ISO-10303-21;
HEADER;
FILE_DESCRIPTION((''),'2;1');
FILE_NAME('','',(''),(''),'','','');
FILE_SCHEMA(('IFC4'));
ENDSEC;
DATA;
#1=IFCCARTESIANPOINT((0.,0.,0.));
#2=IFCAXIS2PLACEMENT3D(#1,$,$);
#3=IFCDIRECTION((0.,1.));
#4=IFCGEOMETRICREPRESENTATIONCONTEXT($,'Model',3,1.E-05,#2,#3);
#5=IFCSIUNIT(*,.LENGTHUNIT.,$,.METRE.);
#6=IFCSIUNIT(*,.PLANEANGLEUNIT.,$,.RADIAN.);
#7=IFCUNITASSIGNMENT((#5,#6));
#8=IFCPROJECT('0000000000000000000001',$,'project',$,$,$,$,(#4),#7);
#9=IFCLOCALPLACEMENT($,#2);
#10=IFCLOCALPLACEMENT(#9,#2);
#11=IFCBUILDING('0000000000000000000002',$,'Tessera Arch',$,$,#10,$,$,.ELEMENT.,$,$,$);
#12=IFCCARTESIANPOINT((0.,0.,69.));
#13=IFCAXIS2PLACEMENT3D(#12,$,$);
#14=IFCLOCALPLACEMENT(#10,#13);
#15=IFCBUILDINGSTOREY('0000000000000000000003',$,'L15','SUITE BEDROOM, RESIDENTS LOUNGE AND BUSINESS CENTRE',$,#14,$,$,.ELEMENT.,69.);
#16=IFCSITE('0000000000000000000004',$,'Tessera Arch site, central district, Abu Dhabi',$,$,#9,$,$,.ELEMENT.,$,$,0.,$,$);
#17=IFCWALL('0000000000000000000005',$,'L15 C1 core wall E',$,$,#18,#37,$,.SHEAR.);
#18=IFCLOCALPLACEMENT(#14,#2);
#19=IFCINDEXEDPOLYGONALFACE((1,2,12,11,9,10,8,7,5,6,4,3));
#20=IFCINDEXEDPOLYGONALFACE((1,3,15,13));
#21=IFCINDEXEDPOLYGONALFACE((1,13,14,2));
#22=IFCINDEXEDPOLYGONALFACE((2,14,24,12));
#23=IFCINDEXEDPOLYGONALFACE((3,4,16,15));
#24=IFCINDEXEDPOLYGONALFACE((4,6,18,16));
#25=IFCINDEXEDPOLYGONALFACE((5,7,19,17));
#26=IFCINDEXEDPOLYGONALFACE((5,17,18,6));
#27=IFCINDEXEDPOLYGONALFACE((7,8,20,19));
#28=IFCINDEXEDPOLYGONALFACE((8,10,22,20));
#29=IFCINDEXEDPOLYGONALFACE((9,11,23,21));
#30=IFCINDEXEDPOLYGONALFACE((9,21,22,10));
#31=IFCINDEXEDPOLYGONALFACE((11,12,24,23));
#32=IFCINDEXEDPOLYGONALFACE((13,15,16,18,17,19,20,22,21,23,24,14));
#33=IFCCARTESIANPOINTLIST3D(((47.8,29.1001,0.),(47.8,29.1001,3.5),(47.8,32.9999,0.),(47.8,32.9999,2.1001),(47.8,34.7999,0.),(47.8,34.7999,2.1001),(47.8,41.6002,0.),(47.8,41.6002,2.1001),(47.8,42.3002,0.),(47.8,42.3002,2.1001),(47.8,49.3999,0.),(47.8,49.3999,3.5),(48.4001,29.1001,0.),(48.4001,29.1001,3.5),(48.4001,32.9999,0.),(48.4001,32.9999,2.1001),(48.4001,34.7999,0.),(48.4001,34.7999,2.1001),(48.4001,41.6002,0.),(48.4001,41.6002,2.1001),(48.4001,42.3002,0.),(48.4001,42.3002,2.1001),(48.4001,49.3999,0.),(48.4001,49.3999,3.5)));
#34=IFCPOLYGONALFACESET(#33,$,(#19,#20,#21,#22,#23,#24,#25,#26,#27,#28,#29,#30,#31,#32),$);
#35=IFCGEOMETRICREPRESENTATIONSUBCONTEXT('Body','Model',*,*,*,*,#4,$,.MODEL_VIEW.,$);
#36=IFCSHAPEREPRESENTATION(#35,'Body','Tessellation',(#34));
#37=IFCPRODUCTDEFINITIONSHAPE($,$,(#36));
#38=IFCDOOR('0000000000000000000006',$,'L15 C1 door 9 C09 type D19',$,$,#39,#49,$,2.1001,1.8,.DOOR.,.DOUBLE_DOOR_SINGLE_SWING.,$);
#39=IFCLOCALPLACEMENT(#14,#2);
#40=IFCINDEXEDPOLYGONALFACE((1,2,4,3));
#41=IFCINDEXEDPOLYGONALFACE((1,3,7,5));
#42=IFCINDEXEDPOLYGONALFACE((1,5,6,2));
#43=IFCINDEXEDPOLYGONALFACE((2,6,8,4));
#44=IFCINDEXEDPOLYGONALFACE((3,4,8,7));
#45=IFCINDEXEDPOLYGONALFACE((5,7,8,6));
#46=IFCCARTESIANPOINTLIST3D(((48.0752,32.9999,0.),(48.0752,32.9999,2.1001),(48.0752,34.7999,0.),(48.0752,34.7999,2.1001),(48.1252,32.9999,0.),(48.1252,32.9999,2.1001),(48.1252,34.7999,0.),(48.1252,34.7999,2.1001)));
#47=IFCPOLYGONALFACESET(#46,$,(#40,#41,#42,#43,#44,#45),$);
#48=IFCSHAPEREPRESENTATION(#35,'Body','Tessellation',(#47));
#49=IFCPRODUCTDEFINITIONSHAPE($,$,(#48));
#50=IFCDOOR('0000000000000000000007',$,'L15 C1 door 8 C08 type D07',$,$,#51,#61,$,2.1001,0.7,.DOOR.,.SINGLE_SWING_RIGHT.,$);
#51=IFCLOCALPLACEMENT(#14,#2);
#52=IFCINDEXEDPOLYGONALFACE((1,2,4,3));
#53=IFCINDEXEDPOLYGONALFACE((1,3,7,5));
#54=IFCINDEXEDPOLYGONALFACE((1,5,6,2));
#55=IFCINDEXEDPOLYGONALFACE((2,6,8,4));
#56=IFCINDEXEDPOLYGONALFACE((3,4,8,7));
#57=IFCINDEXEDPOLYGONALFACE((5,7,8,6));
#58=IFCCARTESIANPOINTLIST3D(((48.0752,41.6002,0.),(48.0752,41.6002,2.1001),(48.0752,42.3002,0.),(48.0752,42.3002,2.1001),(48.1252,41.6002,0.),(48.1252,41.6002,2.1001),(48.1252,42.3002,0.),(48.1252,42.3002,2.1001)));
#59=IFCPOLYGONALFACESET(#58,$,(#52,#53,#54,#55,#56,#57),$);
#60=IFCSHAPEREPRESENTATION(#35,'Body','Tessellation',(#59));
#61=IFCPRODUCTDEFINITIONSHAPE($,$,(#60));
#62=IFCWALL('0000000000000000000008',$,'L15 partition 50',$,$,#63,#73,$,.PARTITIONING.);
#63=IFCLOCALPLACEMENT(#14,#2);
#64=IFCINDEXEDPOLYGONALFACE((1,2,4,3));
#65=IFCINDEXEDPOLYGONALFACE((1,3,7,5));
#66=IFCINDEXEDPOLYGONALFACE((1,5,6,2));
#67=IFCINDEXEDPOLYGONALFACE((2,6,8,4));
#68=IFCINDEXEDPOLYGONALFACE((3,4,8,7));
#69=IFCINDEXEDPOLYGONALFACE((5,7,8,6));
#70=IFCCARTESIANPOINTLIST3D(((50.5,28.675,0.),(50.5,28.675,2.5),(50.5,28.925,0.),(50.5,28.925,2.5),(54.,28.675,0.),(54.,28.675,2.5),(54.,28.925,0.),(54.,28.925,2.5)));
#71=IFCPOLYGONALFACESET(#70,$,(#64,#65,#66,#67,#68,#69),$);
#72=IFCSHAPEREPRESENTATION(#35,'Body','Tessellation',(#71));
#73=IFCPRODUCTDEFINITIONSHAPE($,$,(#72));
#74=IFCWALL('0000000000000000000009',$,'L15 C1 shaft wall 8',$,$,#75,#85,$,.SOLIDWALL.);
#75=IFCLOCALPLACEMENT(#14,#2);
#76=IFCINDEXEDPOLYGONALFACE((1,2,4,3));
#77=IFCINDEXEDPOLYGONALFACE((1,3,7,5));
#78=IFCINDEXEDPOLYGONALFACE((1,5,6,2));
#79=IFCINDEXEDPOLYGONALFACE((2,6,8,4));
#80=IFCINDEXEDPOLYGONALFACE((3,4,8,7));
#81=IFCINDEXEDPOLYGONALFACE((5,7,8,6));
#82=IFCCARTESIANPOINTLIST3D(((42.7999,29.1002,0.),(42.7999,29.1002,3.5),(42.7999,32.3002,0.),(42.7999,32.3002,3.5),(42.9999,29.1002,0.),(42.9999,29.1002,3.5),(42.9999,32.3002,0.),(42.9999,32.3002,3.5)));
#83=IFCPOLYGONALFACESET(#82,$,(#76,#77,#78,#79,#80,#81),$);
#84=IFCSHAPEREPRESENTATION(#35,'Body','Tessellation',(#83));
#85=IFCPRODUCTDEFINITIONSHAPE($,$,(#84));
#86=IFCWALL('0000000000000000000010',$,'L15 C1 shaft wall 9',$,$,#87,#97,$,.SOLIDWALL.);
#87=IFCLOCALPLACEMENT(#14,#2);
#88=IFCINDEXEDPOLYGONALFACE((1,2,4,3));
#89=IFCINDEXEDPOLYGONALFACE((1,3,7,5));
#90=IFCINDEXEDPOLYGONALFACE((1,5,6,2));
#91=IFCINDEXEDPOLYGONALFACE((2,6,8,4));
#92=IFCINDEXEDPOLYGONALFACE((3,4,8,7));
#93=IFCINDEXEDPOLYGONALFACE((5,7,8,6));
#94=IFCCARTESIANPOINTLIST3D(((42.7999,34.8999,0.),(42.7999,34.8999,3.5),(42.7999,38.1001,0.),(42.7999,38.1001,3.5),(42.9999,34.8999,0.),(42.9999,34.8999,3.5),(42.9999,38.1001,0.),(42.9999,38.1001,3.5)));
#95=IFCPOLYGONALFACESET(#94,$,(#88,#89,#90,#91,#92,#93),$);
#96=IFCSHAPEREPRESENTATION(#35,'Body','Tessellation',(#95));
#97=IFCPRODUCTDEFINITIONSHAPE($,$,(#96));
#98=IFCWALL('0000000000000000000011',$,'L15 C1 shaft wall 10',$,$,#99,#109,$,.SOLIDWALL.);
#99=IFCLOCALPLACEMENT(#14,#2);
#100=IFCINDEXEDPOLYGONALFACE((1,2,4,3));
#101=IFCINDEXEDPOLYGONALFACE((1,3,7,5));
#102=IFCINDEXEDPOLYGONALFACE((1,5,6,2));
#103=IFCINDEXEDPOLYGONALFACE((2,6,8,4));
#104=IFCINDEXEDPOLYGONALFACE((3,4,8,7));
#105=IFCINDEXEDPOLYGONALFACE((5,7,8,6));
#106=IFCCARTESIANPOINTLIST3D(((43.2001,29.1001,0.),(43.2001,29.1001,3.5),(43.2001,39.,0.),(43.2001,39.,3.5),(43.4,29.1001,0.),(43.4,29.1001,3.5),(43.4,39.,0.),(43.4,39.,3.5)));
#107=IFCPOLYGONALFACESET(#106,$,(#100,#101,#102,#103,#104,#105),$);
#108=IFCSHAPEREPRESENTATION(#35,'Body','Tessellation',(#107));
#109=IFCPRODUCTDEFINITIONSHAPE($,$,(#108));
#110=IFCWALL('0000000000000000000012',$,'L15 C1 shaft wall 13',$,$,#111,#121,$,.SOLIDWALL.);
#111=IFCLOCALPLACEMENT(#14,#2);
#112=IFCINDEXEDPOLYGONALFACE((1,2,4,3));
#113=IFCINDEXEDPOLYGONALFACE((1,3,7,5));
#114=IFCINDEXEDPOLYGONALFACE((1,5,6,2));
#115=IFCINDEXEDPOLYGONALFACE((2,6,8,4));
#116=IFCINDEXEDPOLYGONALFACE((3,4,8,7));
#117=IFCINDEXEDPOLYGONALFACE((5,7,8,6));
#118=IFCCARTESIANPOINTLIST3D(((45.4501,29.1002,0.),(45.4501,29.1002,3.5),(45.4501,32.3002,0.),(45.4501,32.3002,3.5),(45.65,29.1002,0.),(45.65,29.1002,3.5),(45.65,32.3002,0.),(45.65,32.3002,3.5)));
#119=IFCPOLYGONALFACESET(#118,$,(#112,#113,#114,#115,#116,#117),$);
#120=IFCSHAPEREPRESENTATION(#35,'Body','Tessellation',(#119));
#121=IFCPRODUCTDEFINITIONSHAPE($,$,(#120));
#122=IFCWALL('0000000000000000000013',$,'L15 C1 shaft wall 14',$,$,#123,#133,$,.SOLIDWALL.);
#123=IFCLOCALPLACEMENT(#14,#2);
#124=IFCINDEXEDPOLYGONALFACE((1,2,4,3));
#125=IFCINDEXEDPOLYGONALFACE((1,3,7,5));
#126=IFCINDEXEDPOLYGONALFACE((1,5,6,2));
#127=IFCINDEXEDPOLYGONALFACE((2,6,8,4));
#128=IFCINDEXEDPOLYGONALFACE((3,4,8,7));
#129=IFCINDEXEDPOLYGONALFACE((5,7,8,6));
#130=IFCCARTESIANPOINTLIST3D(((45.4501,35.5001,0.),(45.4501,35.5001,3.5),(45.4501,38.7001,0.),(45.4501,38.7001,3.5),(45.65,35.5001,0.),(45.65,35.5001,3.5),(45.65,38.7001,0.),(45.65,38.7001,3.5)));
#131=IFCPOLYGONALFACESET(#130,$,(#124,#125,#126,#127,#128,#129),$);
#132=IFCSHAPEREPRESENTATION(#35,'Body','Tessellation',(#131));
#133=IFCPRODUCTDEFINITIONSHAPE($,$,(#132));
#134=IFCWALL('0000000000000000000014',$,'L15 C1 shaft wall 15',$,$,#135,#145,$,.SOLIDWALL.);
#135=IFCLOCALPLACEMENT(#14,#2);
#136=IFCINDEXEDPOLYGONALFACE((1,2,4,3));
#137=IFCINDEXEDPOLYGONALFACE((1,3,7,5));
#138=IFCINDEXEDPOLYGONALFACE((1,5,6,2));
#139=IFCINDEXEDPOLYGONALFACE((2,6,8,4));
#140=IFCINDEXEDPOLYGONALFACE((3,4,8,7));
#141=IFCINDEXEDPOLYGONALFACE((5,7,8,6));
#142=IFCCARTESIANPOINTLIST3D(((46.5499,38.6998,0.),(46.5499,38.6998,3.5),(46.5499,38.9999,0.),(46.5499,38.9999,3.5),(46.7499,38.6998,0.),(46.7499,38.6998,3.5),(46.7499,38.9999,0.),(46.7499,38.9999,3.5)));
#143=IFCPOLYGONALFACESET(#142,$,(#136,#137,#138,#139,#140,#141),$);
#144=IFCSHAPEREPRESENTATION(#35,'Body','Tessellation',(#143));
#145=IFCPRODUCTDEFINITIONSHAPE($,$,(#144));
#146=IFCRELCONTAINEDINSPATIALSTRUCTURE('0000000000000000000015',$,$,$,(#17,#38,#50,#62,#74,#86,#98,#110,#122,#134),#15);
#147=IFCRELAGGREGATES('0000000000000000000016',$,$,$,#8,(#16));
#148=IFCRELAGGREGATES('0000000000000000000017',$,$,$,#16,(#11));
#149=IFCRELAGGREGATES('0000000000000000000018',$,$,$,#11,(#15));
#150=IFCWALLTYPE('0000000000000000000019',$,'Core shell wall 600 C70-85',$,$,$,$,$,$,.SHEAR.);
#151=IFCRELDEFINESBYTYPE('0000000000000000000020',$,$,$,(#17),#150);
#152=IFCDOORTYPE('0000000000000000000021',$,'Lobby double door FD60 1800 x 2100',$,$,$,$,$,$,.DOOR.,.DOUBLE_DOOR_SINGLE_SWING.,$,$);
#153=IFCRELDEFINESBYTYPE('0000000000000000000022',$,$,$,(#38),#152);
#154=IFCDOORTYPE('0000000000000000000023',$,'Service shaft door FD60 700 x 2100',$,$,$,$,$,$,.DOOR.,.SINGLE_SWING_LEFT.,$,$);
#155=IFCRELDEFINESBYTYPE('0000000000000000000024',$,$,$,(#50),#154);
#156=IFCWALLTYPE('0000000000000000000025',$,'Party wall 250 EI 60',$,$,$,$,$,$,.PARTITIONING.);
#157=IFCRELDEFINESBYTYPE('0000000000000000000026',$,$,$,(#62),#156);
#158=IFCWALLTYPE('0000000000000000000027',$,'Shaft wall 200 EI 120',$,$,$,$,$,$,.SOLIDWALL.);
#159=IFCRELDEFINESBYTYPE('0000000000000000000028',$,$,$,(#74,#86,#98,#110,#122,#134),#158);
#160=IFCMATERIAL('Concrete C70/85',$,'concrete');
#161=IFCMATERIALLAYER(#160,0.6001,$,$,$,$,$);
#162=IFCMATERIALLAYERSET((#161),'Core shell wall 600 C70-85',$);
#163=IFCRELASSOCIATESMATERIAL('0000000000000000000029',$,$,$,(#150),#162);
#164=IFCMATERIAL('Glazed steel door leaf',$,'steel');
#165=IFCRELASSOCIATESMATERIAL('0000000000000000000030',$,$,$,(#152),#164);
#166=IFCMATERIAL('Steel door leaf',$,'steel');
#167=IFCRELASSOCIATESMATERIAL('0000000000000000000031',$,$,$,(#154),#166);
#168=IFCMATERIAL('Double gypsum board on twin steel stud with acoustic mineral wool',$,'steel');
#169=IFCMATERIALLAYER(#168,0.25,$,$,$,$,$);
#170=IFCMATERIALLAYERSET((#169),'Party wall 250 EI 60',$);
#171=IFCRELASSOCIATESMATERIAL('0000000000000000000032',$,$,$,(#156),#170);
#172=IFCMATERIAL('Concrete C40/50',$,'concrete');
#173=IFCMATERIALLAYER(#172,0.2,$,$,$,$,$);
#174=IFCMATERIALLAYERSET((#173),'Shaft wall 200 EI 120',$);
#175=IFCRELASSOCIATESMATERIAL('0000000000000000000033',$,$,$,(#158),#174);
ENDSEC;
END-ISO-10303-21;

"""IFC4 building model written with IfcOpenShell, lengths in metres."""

from ifc_helpers import new_model, si_unit, direction, frame, frame_2d, origin, place, context, subcontext, project, spatial, rectangle, extrude, material, layer, layer_set, type_object, element, fill, save


model = new_model("IFC4")

# Units and contexts
model_context = context("Model", 3, precision=1e-05, world=origin(), true_north=direction((0.0, 1.0)))
body_context = subcontext(model_context, "Body", "Model", "MODEL_VIEW")
ifc_project = project(units=[si_unit("LENGTHUNIT", "METRE"), si_unit("PLANEANGLEUNIT", "RADIAN")], contexts=[model_context])

# Site, building, storey
site_placement = place(None, origin())
site = spatial("IfcSite", under=ifc_project, at=site_placement, Name="Tessera Arch site, central district, Abu Dhabi", CompositionType="ELEMENT", RefElevation=0.0)
building_placement = place(site_placement, origin())
building = spatial("IfcBuilding", under=site, at=building_placement, Name="Tessera Arch", CompositionType="ELEMENT")
storey_placement = place(building_placement, frame((0.0, 0.0, 69.0)))
storey = spatial("IfcBuildingStorey", under=building, at=storey_placement, Name="L15", Description="SUITE BEDROOM, RESIDENTS LOUNGE AND BUSINESS CENTRE", CompositionType="ELEMENT", Elevation=69.0)

# Wall, openings, doors
ifc_material_1 = material(Name="Concrete C70/85", Category="concrete")
ifc_layer_1 = layer(ifc_material_1, 0.6001)
ifc_layer_set_1 = layer_set([ifc_layer_1], Name="Core shell wall 600 C70-85")
wall_type_1 = type_object("IfcWallType", Name="Core shell wall 600 C70-85", PredefinedType="SHEAR", material=ifc_layer_set_1)
wall_1_placement = place(storey_placement, frame((48.1001, 29.1001, 0.0), z_axis=(0.0, 0.0, 1.0), x_axis=(0.0, 1.0, 0.0)))
wall_1 = element("IfcWall", 1, at=wall_1_placement, inside=storey, type_object=wall_type_1, Name="L15 C1 core wall E", PredefinedType="SHEAR", context=body_context, shape_type="SweptSolid", body=[
    extrude(rectangle(XDim=20.2998, YDim=0.6001, at=frame_2d((10.1499, 0.0))), origin(), (0.0, 0.0, 1.0), 3.5),
])
opening_1_placement = place(wall_1_placement, frame((12.5, 0.0, 0.0)))
opening_1 = element("IfcOpeningElement", 2, at=opening_1_placement, cuts=wall_1, PredefinedType="OPENING", context=body_context, shape_type="SweptSolid", body=[
    extrude(rectangle(XDim=0.7, YDim=2.1001, at=frame_2d((0.3501, 1.05))), frame((0.0, 0.3101, 0.0), z_axis=(0.0, -1.0, 0.0), x_axis=(1.0, 0.0, 0.0)), (0.0, 0.0, 1.0), 0.6201),
])
opening_2_placement = place(wall_1_placement, frame((3.8999, 0.0, 0.0)))
opening_2 = element("IfcOpeningElement", 3, at=opening_2_placement, cuts=wall_1, PredefinedType="OPENING", context=body_context, shape_type="SweptSolid", body=[
    extrude(rectangle(XDim=1.8, YDim=2.1001, at=frame_2d((0.8999, 1.05))), frame((0.0, 0.3101, 0.0), z_axis=(0.0, -1.0, 0.0), x_axis=(1.0, 0.0, 0.0)), (0.0, 0.0, 1.0), 0.6201),
])
ifc_material_2 = material(Name="Glazed steel door leaf", Category="steel")
door_type_1 = type_object("IfcDoorType", Name="Lobby double door FD60 1800 x 2100", OperationType="DOUBLE_DOOR_SINGLE_SWING", PredefinedType="DOOR", material=ifc_material_2)
door_1_placement = place(opening_2_placement, origin())
door_1 = element("IfcDoor", 4, at=door_1_placement, inside=storey, type_object=door_type_1, Name="L15 C1 door 9 C09 type D19", OperationType="DOUBLE_DOOR_SINGLE_SWING", OverallHeight=2.1001, OverallWidth=1.8, PredefinedType="DOOR", context=body_context, shape_type="SweptSolid", body=[
    extrude(rectangle(XDim=1.8, YDim=2.1001, at=frame_2d((0.8999, 1.05))), frame((0.0, 0.0249, 0.0), z_axis=(0.0, -1.0, 0.0), x_axis=(1.0, 0.0, 0.0)), (0.0, 0.0, 1.0), 0.05),
])
fill(opening_2, door_1)
ifc_material_3 = material(Name="Steel door leaf", Category="steel")
door_type_2 = type_object("IfcDoorType", Name="Service shaft door FD60 700 x 2100", OperationType="SINGLE_SWING_LEFT", PredefinedType="DOOR", material=ifc_material_3)
door_2_placement = place(opening_1_placement, origin())
door_2 = element("IfcDoor", 5, at=door_2_placement, inside=storey, type_object=door_type_2, Name="L15 C1 door 8 C08 type D07", OperationType="SINGLE_SWING_RIGHT", OverallHeight=2.1001, OverallWidth=0.7, PredefinedType="DOOR", context=body_context, shape_type="SweptSolid", body=[
    extrude(rectangle(XDim=0.7, YDim=2.1001, at=frame_2d((0.3501, 1.05))), frame((0.0, 0.0249, 0.0), z_axis=(0.0, -1.0, 0.0), x_axis=(1.0, 0.0, 0.0)), (0.0, 0.0, 1.0), 0.05),
])
fill(opening_1, door_2)

# Walls
ifc_material_4 = material(Name="Double gypsum board on twin steel stud with acoustic mineral wool", Category="steel")
ifc_layer_2 = layer(ifc_material_4, 0.25)
ifc_layer_set_2 = layer_set([ifc_layer_2], Name="Party wall 250 EI 60")
wall_type_2 = type_object("IfcWallType", Name="Party wall 250 EI 60", PredefinedType="PARTITIONING", material=ifc_layer_set_2)
wall_2_placement = place(storey_placement, frame((50.5, 28.8, 0.0), z_axis=(0.0, 0.0, 1.0), x_axis=(1.0, 0.0, 0.0)))
element("IfcWall", 6, at=wall_2_placement, inside=storey, type_object=wall_type_2, Name="L15 partition 50", PredefinedType="PARTITIONING", context=body_context, shape_type="SweptSolid", body=[
    extrude(rectangle(XDim=3.5, YDim=0.25, at=frame_2d((1.75, 0.0))), origin(), (0.0, 0.0, 1.0), 2.5),
])
ifc_material_5 = material(Name="Concrete C40/50", Category="concrete")
ifc_layer_3 = layer(ifc_material_5, 0.2)
ifc_layer_set_3 = layer_set([ifc_layer_3], Name="Shaft wall 200 EI 120")
wall_type_3 = type_object("IfcWallType", Name="Shaft wall 200 EI 120", PredefinedType="SOLIDWALL", material=ifc_layer_set_3)
wall_3_placement = place(storey_placement, frame((42.8999, 29.1001, 0.0), z_axis=(0.0, 0.0, 1.0), x_axis=(0.0, 1.0, 0.0)))
element("IfcWall", 7, at=wall_3_placement, inside=storey, type_object=wall_type_3, Name="L15 C1 shaft wall 8", PredefinedType="SOLIDWALL", context=body_context, shape_type="SweptSolid", body=[
    extrude(rectangle(XDim=3.2, YDim=0.2, at=frame_2d((1.6001, 0.0))), origin(), (0.0, 0.0, 1.0), 3.5),
])
wall_4_placement = place(storey_placement, frame((42.8999, 34.8999, 0.0), z_axis=(0.0, 0.0, 1.0), x_axis=(0.0, 1.0, 0.0)))
element("IfcWall", 8, at=wall_4_placement, inside=storey, type_object=wall_type_3, Name="L15 C1 shaft wall 9", PredefinedType="SOLIDWALL", context=body_context, shape_type="SweptSolid", body=[
    extrude(rectangle(XDim=3.2002, YDim=0.2, at=frame_2d((1.6001, 0.0))), origin(), (0.0, 0.0, 1.0), 3.5),
])
wall_5_placement = place(storey_placement, frame((43.3, 29.1001, 0.0), z_axis=(0.0, 0.0, 1.0), x_axis=(0.0, 1.0, 0.0)))
element("IfcWall", 9, at=wall_5_placement, inside=storey, type_object=wall_type_3, Name="L15 C1 shaft wall 10", PredefinedType="SOLIDWALL", context=body_context, shape_type="SweptSolid", body=[
    extrude(rectangle(XDim=9.8999, YDim=0.2, at=frame_2d((4.95, 0.0))), origin(), (0.0, 0.0, 1.0), 3.5),
])
for number, where, z_axis, x_axis, name in (
    (10, (45.55, 29.1001, 0.0), (0.0, 0.0, 1.0), (0.0, 1.0, 0.0), "L15 C1 shaft wall 13"),
    (11, (45.55, 35.5, 0.0), (0.0, 0.0, 1.0), (0.0, 1.0, 0.0), "L15 C1 shaft wall 14"),
):
    element("IfcWall", number, at=place(storey_placement, frame(where, z_axis=z_axis, x_axis=x_axis)), inside=storey, type_object=wall_type_3, Name=name, PredefinedType="SOLIDWALL", context=body_context, shape_type="SweptSolid", body=[
        extrude(rectangle(XDim=3.2, YDim=0.2, at=frame_2d((1.6001, 0.0))), origin(), (0.0, 0.0, 1.0), 3.5),
    ])
wall_6_placement = place(storey_placement, frame((46.6499, 38.7, 0.0), z_axis=(0.0, 0.0, 1.0), x_axis=(0.0, 1.0, 0.0)))
element("IfcWall", 12, at=wall_6_placement, inside=storey, type_object=wall_type_3, Name="L15 C1 shaft wall 15", PredefinedType="SOLIDWALL", context=body_context, shape_type="SweptSolid", body=[
    extrude(rectangle(XDim=0.3, YDim=0.2, at=frame_2d((0.1499, 0.0))), origin(), (0.0, 0.0, 1.0), 3.5),
])

save(model, "model.ifc")
